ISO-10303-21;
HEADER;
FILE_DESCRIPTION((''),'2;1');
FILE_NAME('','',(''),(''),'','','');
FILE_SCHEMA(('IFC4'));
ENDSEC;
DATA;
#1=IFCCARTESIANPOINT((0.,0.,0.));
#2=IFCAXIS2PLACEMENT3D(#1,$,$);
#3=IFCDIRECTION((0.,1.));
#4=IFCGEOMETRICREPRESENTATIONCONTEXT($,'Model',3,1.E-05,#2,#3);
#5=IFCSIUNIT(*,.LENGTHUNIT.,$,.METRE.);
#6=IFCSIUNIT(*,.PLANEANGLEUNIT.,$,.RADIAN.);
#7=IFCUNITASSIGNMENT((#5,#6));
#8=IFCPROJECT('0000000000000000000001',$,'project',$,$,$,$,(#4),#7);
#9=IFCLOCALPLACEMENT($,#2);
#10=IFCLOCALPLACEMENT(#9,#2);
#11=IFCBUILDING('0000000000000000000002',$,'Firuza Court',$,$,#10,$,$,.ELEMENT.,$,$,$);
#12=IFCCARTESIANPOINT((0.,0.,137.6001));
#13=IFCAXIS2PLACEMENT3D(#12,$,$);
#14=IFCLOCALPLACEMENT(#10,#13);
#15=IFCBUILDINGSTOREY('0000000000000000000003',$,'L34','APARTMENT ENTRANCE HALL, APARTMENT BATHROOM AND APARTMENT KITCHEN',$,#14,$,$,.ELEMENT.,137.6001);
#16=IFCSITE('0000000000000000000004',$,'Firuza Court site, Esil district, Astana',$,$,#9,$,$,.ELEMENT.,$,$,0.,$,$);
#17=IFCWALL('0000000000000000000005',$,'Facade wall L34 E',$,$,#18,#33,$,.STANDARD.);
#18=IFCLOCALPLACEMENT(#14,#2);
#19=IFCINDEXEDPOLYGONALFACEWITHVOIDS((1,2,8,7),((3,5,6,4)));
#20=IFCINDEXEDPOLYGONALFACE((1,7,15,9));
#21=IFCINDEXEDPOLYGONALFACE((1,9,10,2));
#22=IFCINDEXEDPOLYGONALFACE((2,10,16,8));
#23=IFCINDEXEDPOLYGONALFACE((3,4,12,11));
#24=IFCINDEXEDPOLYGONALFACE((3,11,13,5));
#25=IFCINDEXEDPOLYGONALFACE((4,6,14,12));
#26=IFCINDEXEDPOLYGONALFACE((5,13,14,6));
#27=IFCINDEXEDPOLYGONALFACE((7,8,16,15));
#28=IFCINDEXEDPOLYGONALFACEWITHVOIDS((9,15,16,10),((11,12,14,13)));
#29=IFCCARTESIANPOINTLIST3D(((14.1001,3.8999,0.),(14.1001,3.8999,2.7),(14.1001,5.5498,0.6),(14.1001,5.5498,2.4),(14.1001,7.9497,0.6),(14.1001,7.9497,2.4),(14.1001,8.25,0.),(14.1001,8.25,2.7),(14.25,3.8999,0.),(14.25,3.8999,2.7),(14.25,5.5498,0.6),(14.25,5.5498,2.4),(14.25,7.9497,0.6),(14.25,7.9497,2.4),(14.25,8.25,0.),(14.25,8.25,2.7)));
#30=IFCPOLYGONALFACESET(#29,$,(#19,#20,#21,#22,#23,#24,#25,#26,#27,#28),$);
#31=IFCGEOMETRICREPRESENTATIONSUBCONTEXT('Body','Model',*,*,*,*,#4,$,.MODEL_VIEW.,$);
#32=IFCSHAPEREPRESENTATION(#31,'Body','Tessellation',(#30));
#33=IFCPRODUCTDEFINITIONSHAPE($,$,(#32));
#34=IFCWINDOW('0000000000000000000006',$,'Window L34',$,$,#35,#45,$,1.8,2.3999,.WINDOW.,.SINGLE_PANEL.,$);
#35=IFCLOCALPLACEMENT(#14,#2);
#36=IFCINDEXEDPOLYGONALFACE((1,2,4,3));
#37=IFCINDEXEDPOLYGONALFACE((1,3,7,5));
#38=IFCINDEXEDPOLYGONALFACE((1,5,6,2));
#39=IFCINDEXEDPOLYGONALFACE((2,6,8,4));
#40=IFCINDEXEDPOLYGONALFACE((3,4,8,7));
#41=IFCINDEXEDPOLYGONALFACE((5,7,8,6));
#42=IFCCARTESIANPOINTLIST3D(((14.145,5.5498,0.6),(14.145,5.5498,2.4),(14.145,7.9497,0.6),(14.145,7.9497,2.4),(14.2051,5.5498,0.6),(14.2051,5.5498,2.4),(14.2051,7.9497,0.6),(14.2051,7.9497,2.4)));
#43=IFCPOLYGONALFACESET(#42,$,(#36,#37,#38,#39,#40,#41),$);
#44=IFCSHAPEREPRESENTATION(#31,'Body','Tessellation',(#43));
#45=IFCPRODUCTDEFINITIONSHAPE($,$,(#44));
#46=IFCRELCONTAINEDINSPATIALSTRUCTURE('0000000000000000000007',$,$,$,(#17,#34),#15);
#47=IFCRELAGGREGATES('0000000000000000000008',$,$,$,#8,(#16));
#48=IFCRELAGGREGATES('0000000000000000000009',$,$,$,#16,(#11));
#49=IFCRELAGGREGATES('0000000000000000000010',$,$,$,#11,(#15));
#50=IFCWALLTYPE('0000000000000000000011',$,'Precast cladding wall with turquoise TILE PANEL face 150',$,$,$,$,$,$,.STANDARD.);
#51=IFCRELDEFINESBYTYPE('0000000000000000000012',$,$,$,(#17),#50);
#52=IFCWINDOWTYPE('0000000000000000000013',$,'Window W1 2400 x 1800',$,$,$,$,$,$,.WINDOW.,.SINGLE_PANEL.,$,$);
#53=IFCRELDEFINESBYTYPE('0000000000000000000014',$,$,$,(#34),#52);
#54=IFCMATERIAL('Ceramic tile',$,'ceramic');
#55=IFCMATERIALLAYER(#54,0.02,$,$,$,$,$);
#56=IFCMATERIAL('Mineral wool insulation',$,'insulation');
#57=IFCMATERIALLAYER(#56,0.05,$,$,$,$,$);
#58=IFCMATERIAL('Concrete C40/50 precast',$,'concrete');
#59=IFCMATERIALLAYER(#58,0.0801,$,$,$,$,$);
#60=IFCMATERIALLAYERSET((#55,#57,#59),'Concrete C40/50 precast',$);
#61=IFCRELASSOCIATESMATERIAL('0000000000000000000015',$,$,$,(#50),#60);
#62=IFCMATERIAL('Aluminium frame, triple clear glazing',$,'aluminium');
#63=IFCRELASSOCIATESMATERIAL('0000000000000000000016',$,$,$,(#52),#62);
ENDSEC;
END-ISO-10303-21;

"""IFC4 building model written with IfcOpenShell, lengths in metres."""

from ifc_helpers import new_model, si_unit, direction, frame, frame_2d, origin, place, context, subcontext, project, spatial, rectangle, extrude, material, layer, layer_set, type_object, element, fill, save


model = new_model("IFC4")

# Units and contexts
model_context = context("Model", 3, precision=1e-05, world=origin(), true_north=direction((0.0, 1.0)))
body_context = subcontext(model_context, "Body", "Model", "MODEL_VIEW")
ifc_project = project(units=[si_unit("LENGTHUNIT", "METRE"), si_unit("PLANEANGLEUNIT", "RADIAN")], contexts=[model_context])

# Site, building, storey
site_placement = place(None, origin())
site = spatial("IfcSite", under=ifc_project, at=site_placement, Name="Firuza Court site, Esil district, Astana", CompositionType="ELEMENT", RefElevation=0.0)
building_placement = place(site_placement, origin())
building = spatial("IfcBuilding", under=site, at=building_placement, Name="Firuza Court", CompositionType="ELEMENT")
storey_placement = place(building_placement, frame((0.0, 0.0, 137.6001)))
storey = spatial("IfcBuildingStorey", under=building, at=storey_placement, Name="L34", Description="APARTMENT ENTRANCE HALL, APARTMENT BATHROOM AND APARTMENT KITCHEN", CompositionType="ELEMENT", Elevation=137.6001)

# Shared definitions
ifc_material_1 = material(Name="Ceramic tile", Category="ceramic")
ifc_layer_1 = layer(ifc_material_1, 0.02)
ifc_material_2 = material(Name="Mineral wool insulation", Category="insulation")
ifc_layer_2 = layer(ifc_material_2, 0.05)
ifc_material_3 = material(Name="Concrete C40/50 precast", Category="concrete")
ifc_layer_3 = layer(ifc_material_3, 0.0801)
ifc_layer_set_1 = layer_set([ifc_layer_1, ifc_layer_2, ifc_layer_3], Name="Concrete C40/50 precast")
wall_type_1 = type_object("IfcWallType", Name="Precast cladding wall with turquoise TILE PANEL face 150", PredefinedType="STANDARD", material=ifc_layer_set_1)

# Wall, opening, window
wall_1_placement = place(storey_placement, frame((14.175, 3.8999, 0.0), z_axis=(0.0, 0.0, 1.0), x_axis=(0.0, 1.0, 0.0)))
wall_1 = element("IfcWall", 1, at=wall_1_placement, inside=storey, type_object=wall_type_1, Name="Facade wall L34 E", PredefinedType="STANDARD", context=body_context, shape_type="SweptSolid", body=[
    extrude(rectangle(XDim=4.3501, YDim=0.1499, at=frame_2d((2.175, 0.0))), origin(), (0.0, 0.0, 1.0), 2.7),
])
opening_placement = place(wall_1_placement, frame((1.6499, 0.0, 0.6001)))
opening = element("IfcOpeningElement", 2, at=opening_placement, cuts=wall_1, PredefinedType="OPENING", context=body_context, shape_type="SweptSolid", body=[
    extrude(rectangle(XDim=2.3999, YDim=1.8, at=frame_2d((1.2, 0.8999))), frame((0.0, 0.0869, 0.0), z_axis=(0.0, -1.0, 0.0), x_axis=(1.0, 0.0, 0.0)), (0.0, 0.0, 1.0), 0.1738),
])
ifc_material_4 = material(Name="Aluminium frame, triple clear glazing", Category="aluminium")
window_type = type_object("IfcWindowType", Name="Window W1 2400 x 1800", PartitioningType="SINGLE_PANEL", PredefinedType="WINDOW", material=ifc_material_4)
window_placement = place(opening_placement, origin())
window = element("IfcWindow", 3, at=window_placement, inside=storey, type_object=window_type, Name="Window L34", OverallHeight=1.8, OverallWidth=2.3999, PartitioningType="SINGLE_PANEL", PredefinedType="WINDOW", context=body_context, shape_type="SweptSolid", body=[
    extrude(rectangle(XDim=2.3999, YDim=1.8, at=frame_2d((1.2, 0.8999))), frame((0.0, 0.03, 0.0), z_axis=(0.0, -1.0, 0.0), x_axis=(1.0, 0.0, 0.0)), (0.0, 0.0, 1.0), 0.0601),
])
fill(opening, window)

save(model, "model.ifc")
